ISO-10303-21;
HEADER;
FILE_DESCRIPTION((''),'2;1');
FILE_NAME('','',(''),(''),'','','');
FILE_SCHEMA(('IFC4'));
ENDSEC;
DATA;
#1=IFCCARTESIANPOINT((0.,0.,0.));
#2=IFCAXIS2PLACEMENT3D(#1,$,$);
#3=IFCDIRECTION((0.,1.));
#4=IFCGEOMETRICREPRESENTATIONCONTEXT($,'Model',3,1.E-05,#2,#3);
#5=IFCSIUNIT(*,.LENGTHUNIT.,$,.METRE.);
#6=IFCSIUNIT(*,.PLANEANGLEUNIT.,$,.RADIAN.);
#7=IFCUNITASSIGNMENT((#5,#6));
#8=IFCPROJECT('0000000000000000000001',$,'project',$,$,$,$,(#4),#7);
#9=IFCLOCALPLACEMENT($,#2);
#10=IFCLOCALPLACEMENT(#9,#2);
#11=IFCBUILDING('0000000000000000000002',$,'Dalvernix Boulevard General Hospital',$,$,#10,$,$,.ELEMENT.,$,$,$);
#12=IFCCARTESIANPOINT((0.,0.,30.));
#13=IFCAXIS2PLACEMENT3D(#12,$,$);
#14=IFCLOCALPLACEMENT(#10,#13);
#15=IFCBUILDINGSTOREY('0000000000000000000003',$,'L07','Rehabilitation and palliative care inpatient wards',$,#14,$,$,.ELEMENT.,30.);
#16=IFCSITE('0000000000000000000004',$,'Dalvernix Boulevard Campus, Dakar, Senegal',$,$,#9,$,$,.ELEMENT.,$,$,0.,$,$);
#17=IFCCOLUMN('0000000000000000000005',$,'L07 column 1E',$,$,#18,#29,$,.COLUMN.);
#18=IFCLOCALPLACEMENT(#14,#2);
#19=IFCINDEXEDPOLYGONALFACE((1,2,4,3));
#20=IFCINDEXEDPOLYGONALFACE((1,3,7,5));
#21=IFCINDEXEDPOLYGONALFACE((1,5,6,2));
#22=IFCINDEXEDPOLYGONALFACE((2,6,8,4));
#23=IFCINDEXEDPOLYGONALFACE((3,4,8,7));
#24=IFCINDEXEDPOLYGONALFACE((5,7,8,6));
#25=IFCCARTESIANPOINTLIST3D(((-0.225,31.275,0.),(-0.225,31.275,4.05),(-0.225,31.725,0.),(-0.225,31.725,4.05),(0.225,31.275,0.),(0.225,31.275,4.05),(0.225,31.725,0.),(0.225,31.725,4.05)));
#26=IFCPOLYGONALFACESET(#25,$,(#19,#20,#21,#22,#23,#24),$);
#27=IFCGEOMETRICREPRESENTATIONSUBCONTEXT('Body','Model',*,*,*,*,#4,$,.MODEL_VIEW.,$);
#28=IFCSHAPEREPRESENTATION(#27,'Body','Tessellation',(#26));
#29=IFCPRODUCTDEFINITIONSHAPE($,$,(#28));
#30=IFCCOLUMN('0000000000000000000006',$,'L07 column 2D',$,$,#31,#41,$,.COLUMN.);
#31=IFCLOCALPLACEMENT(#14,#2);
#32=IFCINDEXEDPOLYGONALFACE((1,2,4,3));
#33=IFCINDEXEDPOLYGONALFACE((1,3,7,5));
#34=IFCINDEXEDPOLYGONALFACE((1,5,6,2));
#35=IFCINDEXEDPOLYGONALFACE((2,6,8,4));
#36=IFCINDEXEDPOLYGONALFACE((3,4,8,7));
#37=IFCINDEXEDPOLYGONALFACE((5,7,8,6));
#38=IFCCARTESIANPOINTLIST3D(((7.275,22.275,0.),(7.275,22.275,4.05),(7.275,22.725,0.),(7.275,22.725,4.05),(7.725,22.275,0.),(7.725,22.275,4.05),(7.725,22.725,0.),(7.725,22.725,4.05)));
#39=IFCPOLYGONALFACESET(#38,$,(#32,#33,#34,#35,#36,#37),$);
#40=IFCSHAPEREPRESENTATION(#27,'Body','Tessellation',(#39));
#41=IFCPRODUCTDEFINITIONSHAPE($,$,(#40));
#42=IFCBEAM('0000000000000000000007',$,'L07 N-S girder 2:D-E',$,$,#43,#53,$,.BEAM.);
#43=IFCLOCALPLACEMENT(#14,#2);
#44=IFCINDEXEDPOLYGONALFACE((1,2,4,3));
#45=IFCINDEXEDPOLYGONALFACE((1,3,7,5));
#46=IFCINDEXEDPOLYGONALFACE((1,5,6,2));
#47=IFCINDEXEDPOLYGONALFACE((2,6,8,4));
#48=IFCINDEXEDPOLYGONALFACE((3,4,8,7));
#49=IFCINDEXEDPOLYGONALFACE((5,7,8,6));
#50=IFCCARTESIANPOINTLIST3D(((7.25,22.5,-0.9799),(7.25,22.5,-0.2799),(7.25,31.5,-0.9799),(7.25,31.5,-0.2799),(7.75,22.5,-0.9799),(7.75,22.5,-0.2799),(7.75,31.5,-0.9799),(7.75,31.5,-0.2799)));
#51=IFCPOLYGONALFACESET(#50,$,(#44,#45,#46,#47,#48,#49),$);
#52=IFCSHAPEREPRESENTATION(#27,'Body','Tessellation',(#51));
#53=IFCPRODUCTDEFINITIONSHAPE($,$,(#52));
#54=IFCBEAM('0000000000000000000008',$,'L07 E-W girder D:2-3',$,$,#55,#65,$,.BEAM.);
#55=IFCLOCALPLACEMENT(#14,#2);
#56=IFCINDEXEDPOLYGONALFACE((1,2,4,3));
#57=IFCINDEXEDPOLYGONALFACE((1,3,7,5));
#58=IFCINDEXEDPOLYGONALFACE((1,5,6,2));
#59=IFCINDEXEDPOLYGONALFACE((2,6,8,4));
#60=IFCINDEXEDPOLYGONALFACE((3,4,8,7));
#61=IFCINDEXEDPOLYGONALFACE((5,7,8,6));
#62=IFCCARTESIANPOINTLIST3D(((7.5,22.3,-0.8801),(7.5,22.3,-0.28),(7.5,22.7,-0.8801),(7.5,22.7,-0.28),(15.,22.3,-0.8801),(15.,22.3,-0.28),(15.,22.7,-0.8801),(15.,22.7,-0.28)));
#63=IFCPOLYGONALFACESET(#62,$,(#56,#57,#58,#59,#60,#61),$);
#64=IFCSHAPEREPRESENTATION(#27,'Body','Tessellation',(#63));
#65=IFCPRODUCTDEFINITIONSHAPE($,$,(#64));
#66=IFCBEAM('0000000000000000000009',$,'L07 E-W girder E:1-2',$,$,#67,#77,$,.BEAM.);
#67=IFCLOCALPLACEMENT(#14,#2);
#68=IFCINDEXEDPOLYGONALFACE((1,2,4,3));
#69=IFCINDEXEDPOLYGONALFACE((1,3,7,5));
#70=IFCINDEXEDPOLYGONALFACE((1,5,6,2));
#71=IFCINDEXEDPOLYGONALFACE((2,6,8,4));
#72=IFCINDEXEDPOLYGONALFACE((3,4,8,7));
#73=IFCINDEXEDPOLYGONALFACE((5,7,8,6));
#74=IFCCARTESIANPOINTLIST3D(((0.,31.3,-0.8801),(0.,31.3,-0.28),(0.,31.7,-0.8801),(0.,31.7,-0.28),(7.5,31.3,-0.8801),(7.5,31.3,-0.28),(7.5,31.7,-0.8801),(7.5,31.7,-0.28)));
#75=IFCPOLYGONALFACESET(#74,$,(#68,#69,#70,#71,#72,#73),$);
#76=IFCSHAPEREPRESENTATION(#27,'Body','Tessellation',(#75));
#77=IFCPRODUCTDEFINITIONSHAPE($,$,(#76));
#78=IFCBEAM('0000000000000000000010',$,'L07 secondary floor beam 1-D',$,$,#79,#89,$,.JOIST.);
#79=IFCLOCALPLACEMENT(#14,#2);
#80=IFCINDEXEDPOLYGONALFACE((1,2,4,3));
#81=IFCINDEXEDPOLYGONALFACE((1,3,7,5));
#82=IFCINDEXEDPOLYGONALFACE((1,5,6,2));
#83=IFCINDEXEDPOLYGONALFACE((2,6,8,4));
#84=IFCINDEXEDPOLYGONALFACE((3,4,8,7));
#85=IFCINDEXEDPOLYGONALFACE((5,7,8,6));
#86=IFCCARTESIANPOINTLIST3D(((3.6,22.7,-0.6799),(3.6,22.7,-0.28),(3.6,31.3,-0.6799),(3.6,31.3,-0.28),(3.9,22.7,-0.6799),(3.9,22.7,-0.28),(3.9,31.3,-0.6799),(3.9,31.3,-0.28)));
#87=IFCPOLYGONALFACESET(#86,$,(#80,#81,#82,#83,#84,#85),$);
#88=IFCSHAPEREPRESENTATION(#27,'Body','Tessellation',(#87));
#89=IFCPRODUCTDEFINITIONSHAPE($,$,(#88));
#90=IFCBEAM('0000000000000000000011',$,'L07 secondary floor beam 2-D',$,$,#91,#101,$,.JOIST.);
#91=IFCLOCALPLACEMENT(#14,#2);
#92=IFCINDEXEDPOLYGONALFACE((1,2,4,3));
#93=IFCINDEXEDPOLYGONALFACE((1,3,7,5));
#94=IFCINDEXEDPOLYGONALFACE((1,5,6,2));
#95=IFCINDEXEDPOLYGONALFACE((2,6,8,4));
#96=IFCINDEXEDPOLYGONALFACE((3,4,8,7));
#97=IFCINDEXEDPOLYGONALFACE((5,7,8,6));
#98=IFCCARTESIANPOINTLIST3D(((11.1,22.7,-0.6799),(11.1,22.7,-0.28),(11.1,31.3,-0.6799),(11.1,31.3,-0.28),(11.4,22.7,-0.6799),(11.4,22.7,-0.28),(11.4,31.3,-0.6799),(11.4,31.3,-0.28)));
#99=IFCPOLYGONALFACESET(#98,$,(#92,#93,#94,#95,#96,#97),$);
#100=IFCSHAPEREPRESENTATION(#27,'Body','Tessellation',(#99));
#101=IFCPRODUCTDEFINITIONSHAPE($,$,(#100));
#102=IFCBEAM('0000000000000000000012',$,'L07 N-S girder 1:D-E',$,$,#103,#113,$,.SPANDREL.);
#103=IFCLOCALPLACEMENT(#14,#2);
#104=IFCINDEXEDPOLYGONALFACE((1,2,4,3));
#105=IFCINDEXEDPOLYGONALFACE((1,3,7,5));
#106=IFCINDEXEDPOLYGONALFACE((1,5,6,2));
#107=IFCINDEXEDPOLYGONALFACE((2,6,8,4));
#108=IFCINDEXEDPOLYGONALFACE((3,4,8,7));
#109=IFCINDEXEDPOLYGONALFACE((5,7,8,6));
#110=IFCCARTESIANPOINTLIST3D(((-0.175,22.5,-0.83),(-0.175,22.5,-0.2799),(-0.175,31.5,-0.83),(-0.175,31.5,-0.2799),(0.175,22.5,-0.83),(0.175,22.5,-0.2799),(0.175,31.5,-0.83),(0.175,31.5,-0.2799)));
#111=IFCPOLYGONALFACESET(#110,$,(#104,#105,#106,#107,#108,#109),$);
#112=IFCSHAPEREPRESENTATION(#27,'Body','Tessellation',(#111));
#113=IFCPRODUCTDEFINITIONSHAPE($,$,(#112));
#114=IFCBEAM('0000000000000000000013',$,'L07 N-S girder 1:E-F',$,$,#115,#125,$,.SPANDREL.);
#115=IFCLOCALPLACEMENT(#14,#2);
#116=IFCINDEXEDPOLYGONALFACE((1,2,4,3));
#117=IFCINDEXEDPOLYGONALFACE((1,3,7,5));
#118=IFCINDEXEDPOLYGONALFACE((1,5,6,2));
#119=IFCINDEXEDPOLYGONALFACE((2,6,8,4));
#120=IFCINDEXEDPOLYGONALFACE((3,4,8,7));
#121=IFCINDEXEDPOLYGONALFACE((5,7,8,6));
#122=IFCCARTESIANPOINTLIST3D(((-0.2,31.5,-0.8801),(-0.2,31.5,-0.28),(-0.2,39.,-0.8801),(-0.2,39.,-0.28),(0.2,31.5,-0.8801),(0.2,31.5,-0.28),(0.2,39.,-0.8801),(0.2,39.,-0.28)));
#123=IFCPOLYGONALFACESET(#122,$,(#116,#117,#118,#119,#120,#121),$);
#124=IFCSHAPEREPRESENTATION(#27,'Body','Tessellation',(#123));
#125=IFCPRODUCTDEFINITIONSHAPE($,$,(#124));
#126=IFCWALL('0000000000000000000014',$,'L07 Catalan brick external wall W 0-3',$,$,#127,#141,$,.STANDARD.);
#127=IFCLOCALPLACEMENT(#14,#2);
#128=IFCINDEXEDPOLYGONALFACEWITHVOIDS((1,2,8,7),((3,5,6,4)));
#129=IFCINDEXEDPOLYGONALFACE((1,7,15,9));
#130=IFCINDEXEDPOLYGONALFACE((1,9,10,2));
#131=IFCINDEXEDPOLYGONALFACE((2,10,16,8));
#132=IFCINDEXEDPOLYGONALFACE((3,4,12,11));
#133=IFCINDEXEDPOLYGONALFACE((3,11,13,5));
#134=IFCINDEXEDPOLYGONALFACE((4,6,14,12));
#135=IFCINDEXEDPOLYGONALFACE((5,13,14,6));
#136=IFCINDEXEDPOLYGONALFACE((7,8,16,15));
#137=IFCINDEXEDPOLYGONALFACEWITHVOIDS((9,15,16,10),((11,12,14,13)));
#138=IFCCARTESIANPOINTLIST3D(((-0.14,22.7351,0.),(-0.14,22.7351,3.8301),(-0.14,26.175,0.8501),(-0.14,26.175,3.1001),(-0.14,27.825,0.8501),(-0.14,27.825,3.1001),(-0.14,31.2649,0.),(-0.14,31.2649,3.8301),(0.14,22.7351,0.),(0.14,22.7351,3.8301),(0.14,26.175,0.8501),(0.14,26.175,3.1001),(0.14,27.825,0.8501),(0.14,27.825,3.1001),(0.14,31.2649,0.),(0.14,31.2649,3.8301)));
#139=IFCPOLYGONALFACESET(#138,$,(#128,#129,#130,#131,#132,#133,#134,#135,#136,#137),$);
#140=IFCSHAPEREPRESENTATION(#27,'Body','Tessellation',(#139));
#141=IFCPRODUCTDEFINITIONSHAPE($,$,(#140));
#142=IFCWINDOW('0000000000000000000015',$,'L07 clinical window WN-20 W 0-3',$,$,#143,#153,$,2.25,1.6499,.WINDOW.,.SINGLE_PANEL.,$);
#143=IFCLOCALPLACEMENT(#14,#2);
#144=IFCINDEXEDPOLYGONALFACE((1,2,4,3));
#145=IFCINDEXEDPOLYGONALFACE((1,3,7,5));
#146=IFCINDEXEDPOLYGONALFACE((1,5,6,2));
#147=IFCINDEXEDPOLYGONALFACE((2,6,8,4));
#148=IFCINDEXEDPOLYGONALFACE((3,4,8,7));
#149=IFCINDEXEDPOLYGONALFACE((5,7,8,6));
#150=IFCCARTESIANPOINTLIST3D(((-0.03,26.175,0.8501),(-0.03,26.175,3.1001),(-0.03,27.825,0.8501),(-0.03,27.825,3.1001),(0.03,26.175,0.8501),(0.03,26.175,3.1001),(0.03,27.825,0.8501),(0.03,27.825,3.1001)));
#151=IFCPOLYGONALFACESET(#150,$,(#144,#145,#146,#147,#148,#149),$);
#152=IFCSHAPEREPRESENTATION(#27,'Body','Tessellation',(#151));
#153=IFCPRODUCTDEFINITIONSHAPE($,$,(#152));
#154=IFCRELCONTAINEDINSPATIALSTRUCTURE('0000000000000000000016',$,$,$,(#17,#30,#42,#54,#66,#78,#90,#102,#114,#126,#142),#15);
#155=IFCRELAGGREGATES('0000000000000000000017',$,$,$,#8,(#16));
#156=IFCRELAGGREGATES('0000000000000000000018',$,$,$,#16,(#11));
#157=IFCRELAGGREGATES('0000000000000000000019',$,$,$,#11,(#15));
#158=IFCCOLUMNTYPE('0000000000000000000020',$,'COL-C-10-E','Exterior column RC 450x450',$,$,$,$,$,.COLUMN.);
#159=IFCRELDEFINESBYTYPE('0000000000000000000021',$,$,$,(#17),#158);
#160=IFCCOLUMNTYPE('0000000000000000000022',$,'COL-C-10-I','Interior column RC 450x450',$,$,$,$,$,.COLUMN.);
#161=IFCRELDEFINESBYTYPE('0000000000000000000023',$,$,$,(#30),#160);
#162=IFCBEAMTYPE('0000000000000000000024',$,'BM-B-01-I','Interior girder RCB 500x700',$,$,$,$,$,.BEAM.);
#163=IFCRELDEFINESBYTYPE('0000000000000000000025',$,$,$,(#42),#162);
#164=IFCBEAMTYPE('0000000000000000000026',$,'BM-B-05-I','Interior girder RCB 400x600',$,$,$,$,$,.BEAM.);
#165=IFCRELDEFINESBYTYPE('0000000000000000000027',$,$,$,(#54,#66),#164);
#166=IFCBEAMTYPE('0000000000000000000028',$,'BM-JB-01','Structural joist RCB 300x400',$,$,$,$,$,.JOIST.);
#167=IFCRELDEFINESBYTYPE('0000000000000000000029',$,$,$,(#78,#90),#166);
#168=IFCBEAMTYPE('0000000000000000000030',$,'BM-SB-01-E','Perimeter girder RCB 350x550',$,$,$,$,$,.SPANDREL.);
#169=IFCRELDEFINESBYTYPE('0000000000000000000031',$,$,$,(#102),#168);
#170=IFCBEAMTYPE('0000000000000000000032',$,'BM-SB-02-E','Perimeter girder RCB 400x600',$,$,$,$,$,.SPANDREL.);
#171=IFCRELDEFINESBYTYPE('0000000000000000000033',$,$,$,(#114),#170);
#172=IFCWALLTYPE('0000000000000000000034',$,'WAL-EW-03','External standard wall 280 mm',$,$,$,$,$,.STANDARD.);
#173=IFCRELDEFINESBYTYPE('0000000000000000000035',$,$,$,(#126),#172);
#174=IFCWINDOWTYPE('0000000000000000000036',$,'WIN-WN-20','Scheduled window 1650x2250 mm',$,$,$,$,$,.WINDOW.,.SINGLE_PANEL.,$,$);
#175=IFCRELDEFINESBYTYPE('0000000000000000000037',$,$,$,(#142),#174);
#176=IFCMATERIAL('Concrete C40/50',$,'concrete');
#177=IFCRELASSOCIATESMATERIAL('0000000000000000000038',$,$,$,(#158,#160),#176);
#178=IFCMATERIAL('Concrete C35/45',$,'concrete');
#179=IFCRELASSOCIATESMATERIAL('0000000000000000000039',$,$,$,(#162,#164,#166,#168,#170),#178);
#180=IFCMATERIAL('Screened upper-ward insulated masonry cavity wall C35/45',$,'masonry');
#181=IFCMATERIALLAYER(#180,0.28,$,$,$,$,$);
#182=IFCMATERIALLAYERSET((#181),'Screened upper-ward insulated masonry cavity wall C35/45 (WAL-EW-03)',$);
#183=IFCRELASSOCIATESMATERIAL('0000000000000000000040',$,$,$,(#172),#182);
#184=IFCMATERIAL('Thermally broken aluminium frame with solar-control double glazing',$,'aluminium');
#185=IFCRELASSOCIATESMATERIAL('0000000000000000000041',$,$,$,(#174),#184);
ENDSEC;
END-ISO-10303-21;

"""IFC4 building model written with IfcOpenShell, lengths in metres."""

from ifc_helpers import new_model, si_unit, direction, frame, frame_2d, origin, origin_2d, place, context, subcontext, project, spatial, rectangle, extrude, material, layer, layer_set, material_profile, profile_set, type_object, element, fill, save


model = new_model("IFC4")

# Units and contexts
model_context = context("Model", 3, precision=1e-05, world=origin(), true_north=direction((0.0, 1.0)))
body_context = subcontext(model_context, "Body", "Model", "MODEL_VIEW")
ifc_project = project(units=[si_unit("LENGTHUNIT", "METRE"), si_unit("PLANEANGLEUNIT", "RADIAN")], contexts=[model_context])

# Site, building, storey
site_placement = place(None, origin())
site = spatial("IfcSite", under=ifc_project, at=site_placement, Name="Dalvernix Boulevard Campus, Dakar, Senegal", CompositionType="ELEMENT", RefElevation=0.0)
building_placement = place(site_placement, origin())
building = spatial("IfcBuilding", under=site, at=building_placement, Name="Dalvernix Boulevard General Hospital", CompositionType="ELEMENT")
storey_placement = place(building_placement, frame((0.0, 0.0, 30.0)))
storey = spatial("IfcBuildingStorey", under=building, at=storey_placement, Name="L07", Description="Rehabilitation and palliative care inpatient wards", CompositionType="ELEMENT", Elevation=30.0)

# Columns
ifc_material_1 = material(Name="Concrete C40/50", Category="concrete")
ifc_material_profile_1 = material_profile(ifc_material_1, rectangle(XDim=0.45, YDim=0.45, at=origin_2d()), Name="RC 450x450")
ifc_profile_set_1 = profile_set([ifc_material_profile_1], Name="Concrete C40/50")
column_type_1 = type_object("IfcColumnType", Name="COL-C-10-E", Description="Exterior column RC 450x450", PredefinedType="COLUMN", material=ifc_profile_set_1)
column_1_placement = place(storey_placement, frame((0.0, 31.5, 0.0), z_axis=(0.0, 0.0, 1.0), x_axis=(1.0, 0.0, 0.0)))
element("IfcColumn", 1, at=column_1_placement, inside=storey, type_object=column_type_1, Name="L07 column 1E", PredefinedType="COLUMN", context=body_context, shape_type="SweptSolid", body=[
    extrude(rectangle(XDim=0.45, YDim=0.45, at=origin_2d()), origin(), (0.0, 0.0, 1.0), 4.05),
])
ifc_material_profile_2 = material_profile(ifc_material_1, rectangle(XDim=0.45, YDim=0.45, at=origin_2d()), Name="RC 450x450")
ifc_profile_set_2 = profile_set([ifc_material_profile_2], Name="Concrete C40/50")
column_type_2 = type_object("IfcColumnType", Name="COL-C-10-I", Description="Interior column RC 450x450", PredefinedType="COLUMN", material=ifc_profile_set_2)
column_2_placement = place(storey_placement, frame((7.5, 22.5, 0.0), z_axis=(0.0, 0.0, 1.0), x_axis=(1.0, 0.0, 0.0)))
element("IfcColumn", 2, at=column_2_placement, inside=storey, type_object=column_type_2, Name="L07 column 2D", PredefinedType="COLUMN", context=body_context, shape_type="SweptSolid", body=[
    extrude(rectangle(XDim=0.45, YDim=0.45, at=origin_2d()), origin(), (0.0, 0.0, 1.0), 4.05),
])

# Beams
ifc_material_2 = material(Name="Concrete C35/45", Category="concrete")
ifc_material_profile_3 = material_profile(ifc_material_2, rectangle(XDim=0.5, YDim=0.7, at=origin_2d()), Name="RCB 500x700")
ifc_profile_set_3 = profile_set([ifc_material_profile_3], Name="Concrete C35/45")
beam_type_1 = type_object("IfcBeamType", Name="BM-B-01-I", Description="Interior girder RCB 500x700", PredefinedType="BEAM", material=ifc_profile_set_3)
beam_1_placement = place(storey_placement, frame((7.5, 22.5, -0.6299), z_axis=(0.0, 1.0, 0.0), x_axis=(-1.0, 0.0, 0.0)))
element("IfcBeam", 3, at=beam_1_placement, inside=storey, type_object=beam_type_1, Name="L07 N-S girder 2:D-E", PredefinedType="BEAM", context=body_context, shape_type="SweptSolid", body=[
    extrude(rectangle(XDim=0.5, YDim=0.7, at=origin_2d()), origin(), (0.0, 0.0, 1.0), 9.0),
])
ifc_material_profile_4 = material_profile(ifc_material_2, rectangle(XDim=0.3999, YDim=0.6001, at=origin_2d()), Name="RCB 400x600")
ifc_profile_set_4 = profile_set([ifc_material_profile_4], Name="Concrete C35/45")
beam_type_2 = type_object("IfcBeamType", Name="BM-B-05-I", Description="Interior girder RCB 400x600", PredefinedType="BEAM", material=ifc_profile_set_4)
for number, where, z_axis, x_axis, name in (
    (4, (7.5, 22.5, -0.5801), (1.0, 0.0, 0.0), (0.0, 1.0, 0.0), "L07 E-W girder D:2-3"),
    (5, (0.0, 31.5, -0.5801), (1.0, 0.0, 0.0), (0.0, 1.0, 0.0), "L07 E-W girder E:1-2"),
):
    element("IfcBeam", number, at=place(storey_placement, frame(where, z_axis=z_axis, x_axis=x_axis)), inside=storey, type_object=beam_type_2, Name=name, PredefinedType="BEAM", context=body_context, shape_type="SweptSolid", body=[
        extrude(rectangle(XDim=0.3999, YDim=0.6001, at=origin_2d()), origin(), (0.0, 0.0, 1.0), 7.5),
    ])
ifc_material_profile_5 = material_profile(ifc_material_2, rectangle(XDim=0.3, YDim=0.3999, at=origin_2d()), Name="RCB 300x400")
ifc_profile_set_5 = profile_set([ifc_material_profile_5], Name="Concrete C35/45")
beam_type_3 = type_object("IfcBeamType", Name="BM-JB-01", Description="Structural joist RCB 300x400", PredefinedType="JOIST", material=ifc_profile_set_5)
for number, where, z_axis, x_axis, name in (
    (6, (3.75, 22.7, -0.48), (0.0, 1.0, 0.0), (-1.0, 0.0, 0.0), "L07 secondary floor beam 1-D"),
    (7, (11.25, 22.7, -0.48), (0.0, 1.0, 0.0), (-1.0, 0.0, 0.0), "L07 secondary floor beam 2-D"),
):
    element("IfcBeam", number, at=place(storey_placement, frame(where, z_axis=z_axis, x_axis=x_axis)), inside=storey, type_object=beam_type_3, Name=name, PredefinedType="JOIST", context=body_context, shape_type="SweptSolid", body=[
        extrude(rectangle(XDim=0.3, YDim=0.3999, at=origin_2d()), origin(), (0.0, 0.0, 1.0), 8.6001),
    ])
ifc_material_profile_6 = material_profile(ifc_material_2, rectangle(XDim=0.3501, YDim=0.55, at=origin_2d()), Name="RCB 350x550")
ifc_profile_set_6 = profile_set([ifc_material_profile_6], Name="Concrete C35/45")
beam_type_4 = type_object("IfcBeamType", Name="BM-SB-01-E", Description="Perimeter girder RCB 350x550", PredefinedType="SPANDREL", material=ifc_profile_set_6)
beam_2_placement = place(storey_placement, frame((0.0, 22.5, -0.5549), z_axis=(0.0, 1.0, 0.0), x_axis=(-1.0, 0.0, 0.0)))
element("IfcBeam", 8, at=beam_2_placement, inside=storey, type_object=beam_type_4, Name="L07 N-S girder 1:D-E", PredefinedType="SPANDREL", context=body_context, shape_type="SweptSolid", body=[
    extrude(rectangle(XDim=0.3501, YDim=0.55, at=origin_2d()), origin(), (0.0, 0.0, 1.0), 9.0),
])
ifc_material_profile_7 = material_profile(ifc_material_2, rectangle(XDim=0.3999, YDim=0.6001, at=origin_2d()), Name="RCB 400x600")
ifc_profile_set_7 = profile_set([ifc_material_profile_7], Name="Concrete C35/45")
beam_type_5 = type_object("IfcBeamType", Name="BM-SB-02-E", Description="Perimeter girder RCB 400x600", PredefinedType="SPANDREL", material=ifc_profile_set_7)
beam_3_placement = place(storey_placement, frame((0.0, 31.5, -0.5801), z_axis=(0.0, 1.0, 0.0), x_axis=(-1.0, 0.0, 0.0)))
element("IfcBeam", 9, at=beam_3_placement, inside=storey, type_object=beam_type_5, Name="L07 N-S girder 1:E-F", PredefinedType="SPANDREL", context=body_context, shape_type="SweptSolid", body=[
    extrude(rectangle(XDim=0.3999, YDim=0.6001, at=origin_2d()), origin(), (0.0, 0.0, 1.0), 7.5),
])

# Wall, opening, window
ifc_material_3 = material(Name="Screened upper-ward insulated masonry cavity wall C35/45", Category="masonry")
ifc_layer_1 = layer(ifc_material_3, 0.28)
ifc_layer_set_1 = layer_set([ifc_layer_1], Name="Screened upper-ward insulated masonry cavity wall C35/45 (WAL-EW-03)")
wall_type_1 = type_object("IfcWallType", Name="WAL-EW-03", Description="External standard wall 280 mm", PredefinedType="STANDARD", material=ifc_layer_set_1)
wall_1_placement = place(storey_placement, frame((0.0, 22.7351, 0.0), z_axis=(0.0, 0.0, 1.0), x_axis=(0.0, 1.0, 0.0)))
wall_1 = element("IfcWall", 10, at=wall_1_placement, inside=storey, type_object=wall_type_1, Name="L07 Catalan brick external wall W 0-3", PredefinedType="STANDARD", context=body_context, shape_type="SweptSolid", body=[
    extrude(rectangle(XDim=8.5298, YDim=0.28, at=frame_2d((4.2649, 0.0))), origin(), (0.0, 0.0, 1.0), 3.8301),
])
opening_1_placement = place(wall_1_placement, frame((3.4399, 0.0, 0.8501)))
opening_1 = element("IfcOpeningElement", 11, at=opening_1_placement, cuts=wall_1, PredefinedType="OPENING", context=body_context, shape_type="SweptSolid", body=[
    extrude(rectangle(XDim=1.6499, YDim=2.25, at=frame_2d((0.825, 1.125))), frame((0.0, 0.1499, 0.0), z_axis=(0.0, -1.0, 0.0), x_axis=(1.0, 0.0, 0.0)), (0.0, 0.0, 1.0), 0.3),
])
ifc_material_4 = material(Name="Thermally broken aluminium frame with solar-control double glazing", Category="aluminium")
window_type = type_object("IfcWindowType", Name="WIN-WN-20", Description="Scheduled window 1650x2250 mm", PartitioningType="SINGLE_PANEL", PredefinedType="WINDOW", material=ifc_material_4)
window_placement = place(opening_1_placement, origin())
window = element("IfcWindow", 12, at=window_placement, inside=storey, type_object=window_type, Name="L07 clinical window WN-20 W 0-3", OverallHeight=2.25, OverallWidth=1.6499, PartitioningType="SINGLE_PANEL", PredefinedType="WINDOW", context=body_context, shape_type="SweptSolid", body=[
    extrude(rectangle(XDim=1.6499, YDim=2.25, at=frame_2d((0.825, 1.125))), frame((0.0, 0.03, 0.0), z_axis=(0.0, -1.0, 0.0), x_axis=(1.0, 0.0, 0.0)), (0.0, 0.0, 1.0), 0.0601),
])
fill(opening_1, window)

save(model, "model.ifc")
